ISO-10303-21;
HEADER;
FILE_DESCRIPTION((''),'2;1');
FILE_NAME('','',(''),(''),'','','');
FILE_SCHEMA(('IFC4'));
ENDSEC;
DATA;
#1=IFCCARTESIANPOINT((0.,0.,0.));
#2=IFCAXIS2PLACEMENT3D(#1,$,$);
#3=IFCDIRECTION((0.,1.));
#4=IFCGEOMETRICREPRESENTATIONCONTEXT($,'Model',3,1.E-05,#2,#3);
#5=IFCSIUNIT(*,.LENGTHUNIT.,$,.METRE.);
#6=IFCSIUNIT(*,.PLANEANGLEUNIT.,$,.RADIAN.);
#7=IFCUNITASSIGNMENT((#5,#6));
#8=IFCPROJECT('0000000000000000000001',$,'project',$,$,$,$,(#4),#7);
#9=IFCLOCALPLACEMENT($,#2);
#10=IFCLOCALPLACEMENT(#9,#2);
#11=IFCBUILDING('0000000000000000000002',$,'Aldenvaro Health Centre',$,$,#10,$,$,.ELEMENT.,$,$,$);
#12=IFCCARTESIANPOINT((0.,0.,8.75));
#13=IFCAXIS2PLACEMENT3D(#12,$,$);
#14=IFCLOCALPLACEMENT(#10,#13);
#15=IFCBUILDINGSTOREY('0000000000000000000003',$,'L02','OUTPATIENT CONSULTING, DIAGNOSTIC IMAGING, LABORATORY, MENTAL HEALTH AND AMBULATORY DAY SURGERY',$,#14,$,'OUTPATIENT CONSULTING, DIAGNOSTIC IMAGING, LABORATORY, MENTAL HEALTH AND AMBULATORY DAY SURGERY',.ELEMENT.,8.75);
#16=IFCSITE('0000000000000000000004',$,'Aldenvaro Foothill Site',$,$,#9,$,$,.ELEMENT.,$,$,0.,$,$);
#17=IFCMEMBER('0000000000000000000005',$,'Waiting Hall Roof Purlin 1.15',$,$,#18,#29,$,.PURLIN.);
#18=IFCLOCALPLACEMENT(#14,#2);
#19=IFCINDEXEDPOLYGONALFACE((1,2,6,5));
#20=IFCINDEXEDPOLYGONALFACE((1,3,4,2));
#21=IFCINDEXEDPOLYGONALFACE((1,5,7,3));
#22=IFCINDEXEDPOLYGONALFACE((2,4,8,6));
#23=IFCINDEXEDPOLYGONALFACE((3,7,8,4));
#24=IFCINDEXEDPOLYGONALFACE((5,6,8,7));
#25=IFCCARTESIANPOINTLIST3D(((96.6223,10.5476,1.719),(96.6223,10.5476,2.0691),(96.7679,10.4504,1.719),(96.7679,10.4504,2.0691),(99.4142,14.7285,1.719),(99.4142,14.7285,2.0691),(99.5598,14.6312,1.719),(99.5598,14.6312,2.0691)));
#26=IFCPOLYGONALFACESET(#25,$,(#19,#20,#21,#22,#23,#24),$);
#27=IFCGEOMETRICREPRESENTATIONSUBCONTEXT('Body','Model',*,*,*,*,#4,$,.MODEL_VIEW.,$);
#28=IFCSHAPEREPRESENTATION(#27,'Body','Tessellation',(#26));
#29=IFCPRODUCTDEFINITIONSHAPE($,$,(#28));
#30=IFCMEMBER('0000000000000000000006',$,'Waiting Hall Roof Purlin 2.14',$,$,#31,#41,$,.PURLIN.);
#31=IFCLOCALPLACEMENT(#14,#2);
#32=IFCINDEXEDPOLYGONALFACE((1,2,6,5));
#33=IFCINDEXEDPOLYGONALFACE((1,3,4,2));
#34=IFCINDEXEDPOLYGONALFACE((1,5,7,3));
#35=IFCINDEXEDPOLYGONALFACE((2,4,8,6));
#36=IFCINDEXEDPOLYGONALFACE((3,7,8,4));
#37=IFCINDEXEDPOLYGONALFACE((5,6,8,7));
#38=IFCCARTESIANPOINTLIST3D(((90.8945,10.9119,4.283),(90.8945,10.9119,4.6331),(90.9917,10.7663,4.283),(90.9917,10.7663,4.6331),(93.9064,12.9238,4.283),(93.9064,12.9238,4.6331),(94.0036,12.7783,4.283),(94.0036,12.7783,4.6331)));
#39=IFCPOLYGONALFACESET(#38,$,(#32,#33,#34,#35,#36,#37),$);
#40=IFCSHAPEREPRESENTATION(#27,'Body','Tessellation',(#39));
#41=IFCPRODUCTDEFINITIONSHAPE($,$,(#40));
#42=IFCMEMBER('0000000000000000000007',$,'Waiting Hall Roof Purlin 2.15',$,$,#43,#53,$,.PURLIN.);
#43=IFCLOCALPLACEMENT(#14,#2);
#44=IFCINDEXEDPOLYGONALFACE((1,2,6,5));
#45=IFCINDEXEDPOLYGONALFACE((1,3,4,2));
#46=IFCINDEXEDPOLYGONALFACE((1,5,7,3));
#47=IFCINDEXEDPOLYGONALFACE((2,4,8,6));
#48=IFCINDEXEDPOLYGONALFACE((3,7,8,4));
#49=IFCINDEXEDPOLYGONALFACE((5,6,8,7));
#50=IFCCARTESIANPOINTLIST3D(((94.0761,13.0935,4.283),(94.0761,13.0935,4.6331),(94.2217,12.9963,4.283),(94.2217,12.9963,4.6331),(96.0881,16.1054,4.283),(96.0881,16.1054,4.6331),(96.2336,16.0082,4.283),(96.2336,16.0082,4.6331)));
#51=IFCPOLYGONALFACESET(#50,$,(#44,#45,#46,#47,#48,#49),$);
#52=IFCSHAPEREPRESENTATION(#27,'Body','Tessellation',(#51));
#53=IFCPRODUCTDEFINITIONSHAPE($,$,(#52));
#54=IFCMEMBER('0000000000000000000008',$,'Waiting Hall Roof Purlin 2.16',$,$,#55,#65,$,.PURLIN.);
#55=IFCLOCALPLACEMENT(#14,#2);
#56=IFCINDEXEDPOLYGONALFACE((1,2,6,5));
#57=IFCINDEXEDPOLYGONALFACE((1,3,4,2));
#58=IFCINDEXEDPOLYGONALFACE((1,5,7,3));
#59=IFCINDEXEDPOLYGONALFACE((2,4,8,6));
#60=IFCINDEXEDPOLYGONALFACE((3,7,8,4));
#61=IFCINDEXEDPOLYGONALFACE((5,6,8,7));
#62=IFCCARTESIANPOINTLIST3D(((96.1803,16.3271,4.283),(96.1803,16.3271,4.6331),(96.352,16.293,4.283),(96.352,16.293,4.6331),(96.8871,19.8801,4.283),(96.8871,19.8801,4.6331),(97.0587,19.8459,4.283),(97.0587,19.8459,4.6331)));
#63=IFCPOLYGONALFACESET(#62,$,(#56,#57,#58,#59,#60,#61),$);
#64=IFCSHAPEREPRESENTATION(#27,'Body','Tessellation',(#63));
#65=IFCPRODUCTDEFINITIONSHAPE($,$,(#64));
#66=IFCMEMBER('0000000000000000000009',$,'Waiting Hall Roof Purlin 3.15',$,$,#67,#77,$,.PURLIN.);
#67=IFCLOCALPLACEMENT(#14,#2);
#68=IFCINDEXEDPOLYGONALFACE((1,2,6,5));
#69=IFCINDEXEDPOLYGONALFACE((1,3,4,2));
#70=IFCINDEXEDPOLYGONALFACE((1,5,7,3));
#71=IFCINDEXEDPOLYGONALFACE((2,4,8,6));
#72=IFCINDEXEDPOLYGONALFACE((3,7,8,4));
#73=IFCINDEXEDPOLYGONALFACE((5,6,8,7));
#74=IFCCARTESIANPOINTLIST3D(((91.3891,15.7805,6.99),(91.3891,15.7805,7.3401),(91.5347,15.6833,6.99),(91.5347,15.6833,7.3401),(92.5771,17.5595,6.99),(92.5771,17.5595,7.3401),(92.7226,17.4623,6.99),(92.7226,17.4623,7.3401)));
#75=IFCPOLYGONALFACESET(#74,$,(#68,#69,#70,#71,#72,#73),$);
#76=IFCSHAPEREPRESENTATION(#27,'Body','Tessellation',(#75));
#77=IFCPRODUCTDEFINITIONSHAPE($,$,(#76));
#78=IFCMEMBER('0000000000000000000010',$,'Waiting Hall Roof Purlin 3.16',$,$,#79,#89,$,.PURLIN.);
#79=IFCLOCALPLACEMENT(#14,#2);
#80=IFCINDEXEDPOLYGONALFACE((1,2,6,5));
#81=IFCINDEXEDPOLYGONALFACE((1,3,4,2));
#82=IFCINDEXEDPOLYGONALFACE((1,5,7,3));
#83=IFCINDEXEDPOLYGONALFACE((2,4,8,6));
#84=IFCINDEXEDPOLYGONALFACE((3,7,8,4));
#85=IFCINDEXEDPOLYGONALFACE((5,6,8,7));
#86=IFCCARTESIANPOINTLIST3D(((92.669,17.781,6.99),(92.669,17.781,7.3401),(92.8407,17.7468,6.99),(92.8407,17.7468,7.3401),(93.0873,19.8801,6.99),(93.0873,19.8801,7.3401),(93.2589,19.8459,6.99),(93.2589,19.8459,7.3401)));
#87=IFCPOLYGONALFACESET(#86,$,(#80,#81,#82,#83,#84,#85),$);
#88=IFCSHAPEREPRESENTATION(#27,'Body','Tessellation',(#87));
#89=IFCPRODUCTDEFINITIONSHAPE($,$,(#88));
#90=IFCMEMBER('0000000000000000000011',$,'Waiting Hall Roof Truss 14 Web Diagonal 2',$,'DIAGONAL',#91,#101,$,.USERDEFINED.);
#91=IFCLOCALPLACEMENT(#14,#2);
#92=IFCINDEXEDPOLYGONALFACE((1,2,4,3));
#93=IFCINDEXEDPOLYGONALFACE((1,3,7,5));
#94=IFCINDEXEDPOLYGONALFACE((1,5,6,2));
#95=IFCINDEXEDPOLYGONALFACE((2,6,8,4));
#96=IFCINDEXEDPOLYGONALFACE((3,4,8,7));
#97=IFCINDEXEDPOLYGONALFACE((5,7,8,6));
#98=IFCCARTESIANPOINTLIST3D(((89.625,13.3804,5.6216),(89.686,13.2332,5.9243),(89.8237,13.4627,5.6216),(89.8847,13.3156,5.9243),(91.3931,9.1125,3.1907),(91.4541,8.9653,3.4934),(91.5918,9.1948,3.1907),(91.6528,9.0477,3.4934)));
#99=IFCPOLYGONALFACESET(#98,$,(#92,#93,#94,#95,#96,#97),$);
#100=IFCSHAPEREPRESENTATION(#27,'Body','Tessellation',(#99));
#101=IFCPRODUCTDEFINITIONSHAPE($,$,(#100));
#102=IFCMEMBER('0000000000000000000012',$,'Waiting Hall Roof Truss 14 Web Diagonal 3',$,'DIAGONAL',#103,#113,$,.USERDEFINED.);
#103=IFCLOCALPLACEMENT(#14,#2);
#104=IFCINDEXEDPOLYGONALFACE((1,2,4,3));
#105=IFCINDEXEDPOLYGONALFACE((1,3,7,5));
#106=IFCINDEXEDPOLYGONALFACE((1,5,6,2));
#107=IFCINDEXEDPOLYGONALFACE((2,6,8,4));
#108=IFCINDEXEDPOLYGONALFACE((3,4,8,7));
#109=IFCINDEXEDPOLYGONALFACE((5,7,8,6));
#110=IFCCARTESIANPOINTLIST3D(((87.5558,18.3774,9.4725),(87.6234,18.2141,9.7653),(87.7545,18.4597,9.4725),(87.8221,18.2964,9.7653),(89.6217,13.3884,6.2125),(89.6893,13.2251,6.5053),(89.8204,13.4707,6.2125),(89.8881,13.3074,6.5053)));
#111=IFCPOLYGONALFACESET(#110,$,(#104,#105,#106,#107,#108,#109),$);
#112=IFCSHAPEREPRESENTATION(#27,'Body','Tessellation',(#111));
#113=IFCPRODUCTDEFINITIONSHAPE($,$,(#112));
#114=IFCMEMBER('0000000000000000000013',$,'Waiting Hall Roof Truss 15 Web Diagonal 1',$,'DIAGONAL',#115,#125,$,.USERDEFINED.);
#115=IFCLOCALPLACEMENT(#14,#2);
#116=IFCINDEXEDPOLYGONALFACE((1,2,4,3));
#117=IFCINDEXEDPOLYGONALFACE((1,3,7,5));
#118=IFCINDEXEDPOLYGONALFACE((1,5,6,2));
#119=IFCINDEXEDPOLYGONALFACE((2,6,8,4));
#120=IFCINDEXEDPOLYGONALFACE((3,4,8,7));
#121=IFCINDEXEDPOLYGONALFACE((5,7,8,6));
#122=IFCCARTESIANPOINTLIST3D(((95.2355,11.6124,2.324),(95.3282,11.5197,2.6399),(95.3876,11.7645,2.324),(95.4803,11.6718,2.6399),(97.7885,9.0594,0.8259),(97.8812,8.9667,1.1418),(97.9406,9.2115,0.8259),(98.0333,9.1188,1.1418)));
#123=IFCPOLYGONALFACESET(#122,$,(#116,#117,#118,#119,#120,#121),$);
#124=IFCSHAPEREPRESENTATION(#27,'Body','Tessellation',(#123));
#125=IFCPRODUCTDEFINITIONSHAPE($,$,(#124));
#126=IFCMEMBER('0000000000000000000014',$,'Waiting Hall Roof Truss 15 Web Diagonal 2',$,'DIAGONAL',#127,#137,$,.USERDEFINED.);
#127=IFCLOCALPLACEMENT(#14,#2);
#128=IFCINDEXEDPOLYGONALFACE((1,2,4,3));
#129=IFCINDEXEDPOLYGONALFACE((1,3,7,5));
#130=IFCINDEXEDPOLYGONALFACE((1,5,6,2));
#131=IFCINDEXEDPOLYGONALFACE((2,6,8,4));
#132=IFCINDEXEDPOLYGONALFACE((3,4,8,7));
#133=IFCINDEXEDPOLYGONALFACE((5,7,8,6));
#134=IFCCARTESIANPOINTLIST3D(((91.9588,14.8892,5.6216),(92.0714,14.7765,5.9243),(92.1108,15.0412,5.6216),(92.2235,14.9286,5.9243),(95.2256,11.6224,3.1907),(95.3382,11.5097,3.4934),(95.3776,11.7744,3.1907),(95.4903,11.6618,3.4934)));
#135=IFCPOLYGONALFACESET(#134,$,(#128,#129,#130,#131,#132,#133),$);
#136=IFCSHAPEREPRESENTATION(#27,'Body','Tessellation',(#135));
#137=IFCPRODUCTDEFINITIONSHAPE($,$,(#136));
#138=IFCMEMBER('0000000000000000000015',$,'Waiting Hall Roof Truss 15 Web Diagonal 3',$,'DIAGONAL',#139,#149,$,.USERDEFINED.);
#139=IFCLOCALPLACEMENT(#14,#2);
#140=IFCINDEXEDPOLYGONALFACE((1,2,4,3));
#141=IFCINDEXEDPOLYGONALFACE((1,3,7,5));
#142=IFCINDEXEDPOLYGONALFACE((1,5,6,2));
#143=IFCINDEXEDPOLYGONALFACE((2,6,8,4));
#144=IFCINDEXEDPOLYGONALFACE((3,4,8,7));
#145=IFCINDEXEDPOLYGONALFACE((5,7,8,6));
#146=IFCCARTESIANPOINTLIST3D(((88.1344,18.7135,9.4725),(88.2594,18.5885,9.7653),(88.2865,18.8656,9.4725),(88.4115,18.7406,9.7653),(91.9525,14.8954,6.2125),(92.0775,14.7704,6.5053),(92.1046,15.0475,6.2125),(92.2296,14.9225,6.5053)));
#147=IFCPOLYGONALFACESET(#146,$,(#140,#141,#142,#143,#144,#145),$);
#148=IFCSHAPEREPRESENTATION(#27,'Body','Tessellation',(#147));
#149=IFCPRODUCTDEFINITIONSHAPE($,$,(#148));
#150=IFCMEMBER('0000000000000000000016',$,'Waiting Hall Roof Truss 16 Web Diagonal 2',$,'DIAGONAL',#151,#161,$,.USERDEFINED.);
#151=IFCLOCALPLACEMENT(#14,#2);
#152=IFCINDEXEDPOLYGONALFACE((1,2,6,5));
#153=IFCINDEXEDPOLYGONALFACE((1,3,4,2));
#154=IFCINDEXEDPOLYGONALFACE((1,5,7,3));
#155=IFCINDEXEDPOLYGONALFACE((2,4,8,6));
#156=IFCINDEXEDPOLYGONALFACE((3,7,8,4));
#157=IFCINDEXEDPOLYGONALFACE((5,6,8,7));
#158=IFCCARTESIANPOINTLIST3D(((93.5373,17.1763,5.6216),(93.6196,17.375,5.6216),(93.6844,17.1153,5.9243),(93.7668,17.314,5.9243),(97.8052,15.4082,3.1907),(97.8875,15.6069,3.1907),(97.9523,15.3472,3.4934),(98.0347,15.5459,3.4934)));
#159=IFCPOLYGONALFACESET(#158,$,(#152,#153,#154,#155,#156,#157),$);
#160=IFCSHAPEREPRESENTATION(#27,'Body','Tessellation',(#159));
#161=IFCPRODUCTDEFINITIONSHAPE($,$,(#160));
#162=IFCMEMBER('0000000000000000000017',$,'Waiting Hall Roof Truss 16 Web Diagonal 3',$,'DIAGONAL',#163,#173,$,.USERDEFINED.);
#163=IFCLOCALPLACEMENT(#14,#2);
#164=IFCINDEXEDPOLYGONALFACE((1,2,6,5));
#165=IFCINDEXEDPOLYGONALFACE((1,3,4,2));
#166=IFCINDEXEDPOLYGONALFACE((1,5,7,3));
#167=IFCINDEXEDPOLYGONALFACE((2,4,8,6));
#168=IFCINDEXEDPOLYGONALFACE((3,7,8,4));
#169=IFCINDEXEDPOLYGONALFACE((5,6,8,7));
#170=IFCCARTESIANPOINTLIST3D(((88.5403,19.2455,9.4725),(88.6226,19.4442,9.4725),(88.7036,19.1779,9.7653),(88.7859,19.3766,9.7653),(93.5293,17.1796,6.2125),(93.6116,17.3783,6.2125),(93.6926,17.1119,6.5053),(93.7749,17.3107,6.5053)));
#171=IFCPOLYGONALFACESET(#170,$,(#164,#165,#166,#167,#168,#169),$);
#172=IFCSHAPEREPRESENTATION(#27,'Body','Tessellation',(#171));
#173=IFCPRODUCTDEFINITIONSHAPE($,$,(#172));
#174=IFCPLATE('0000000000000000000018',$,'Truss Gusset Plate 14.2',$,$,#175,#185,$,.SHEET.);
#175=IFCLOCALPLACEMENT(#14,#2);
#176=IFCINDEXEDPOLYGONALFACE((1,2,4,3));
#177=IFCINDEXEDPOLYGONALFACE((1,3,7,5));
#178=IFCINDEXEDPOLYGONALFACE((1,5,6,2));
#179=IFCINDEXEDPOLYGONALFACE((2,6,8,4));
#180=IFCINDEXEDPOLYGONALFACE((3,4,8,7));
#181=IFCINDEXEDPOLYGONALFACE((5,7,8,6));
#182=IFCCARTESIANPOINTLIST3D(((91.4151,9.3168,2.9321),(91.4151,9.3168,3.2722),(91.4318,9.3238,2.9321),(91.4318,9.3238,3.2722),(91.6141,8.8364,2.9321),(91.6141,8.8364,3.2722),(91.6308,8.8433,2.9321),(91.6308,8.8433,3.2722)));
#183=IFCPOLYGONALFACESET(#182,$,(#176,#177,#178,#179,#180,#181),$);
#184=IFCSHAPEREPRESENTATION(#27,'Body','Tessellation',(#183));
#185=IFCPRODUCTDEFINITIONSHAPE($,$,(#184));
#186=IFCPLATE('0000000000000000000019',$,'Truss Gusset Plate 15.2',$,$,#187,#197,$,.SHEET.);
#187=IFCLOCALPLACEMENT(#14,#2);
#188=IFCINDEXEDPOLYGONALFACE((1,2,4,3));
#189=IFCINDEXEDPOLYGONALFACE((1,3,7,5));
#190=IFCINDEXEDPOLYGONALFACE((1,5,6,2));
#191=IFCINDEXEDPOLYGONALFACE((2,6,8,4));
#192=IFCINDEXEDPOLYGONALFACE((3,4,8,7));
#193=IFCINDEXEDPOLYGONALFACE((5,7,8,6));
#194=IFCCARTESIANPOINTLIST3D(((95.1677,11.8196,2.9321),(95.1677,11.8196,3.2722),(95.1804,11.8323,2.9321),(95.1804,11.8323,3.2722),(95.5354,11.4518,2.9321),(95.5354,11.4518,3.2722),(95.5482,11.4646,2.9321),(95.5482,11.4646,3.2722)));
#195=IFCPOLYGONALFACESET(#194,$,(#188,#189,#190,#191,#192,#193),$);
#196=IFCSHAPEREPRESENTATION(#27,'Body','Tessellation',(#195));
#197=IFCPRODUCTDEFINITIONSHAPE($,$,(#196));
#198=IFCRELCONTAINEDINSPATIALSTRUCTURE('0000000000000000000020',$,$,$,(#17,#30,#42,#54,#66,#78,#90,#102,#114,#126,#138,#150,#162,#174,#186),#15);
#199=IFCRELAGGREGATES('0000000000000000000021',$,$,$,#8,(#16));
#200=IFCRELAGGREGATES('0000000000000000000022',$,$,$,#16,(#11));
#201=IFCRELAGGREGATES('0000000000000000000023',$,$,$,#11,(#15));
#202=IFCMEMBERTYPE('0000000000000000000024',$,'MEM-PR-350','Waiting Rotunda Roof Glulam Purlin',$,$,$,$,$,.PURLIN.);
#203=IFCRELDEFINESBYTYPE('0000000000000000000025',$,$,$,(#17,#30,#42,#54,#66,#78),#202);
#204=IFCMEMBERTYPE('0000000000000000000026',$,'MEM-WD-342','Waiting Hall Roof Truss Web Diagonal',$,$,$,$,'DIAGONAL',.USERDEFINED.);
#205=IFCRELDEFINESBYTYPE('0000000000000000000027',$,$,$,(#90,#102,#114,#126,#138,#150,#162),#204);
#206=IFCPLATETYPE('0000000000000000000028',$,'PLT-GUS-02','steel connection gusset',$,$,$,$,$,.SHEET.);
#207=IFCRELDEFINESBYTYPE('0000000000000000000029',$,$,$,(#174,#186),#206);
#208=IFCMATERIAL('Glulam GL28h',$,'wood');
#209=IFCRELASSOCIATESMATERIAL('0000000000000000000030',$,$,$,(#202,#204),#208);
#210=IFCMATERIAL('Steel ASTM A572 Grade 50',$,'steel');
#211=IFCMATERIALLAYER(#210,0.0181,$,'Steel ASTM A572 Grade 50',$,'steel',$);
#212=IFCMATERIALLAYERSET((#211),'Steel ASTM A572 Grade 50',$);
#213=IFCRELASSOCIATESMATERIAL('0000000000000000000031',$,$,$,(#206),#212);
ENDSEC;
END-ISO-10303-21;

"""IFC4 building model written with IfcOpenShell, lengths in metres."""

from ifc_helpers import new_model, si_unit, direction, frame, origin, origin_2d, place, context, subcontext, project, spatial, rectangle, extrude, material, layer, layer_set, material_profile, profile_set, type_object, element, save


model = new_model("IFC4")

# Units and contexts
model_context = context("Model", 3, precision=1e-05, world=origin(), true_north=direction((0.0, 1.0)))
body_context = subcontext(model_context, "Body", "Model", "MODEL_VIEW")
ifc_project = project(units=[si_unit("LENGTHUNIT", "METRE"), si_unit("PLANEANGLEUNIT", "RADIAN")], contexts=[model_context])

# Site, building, storey
site_placement = place(None, origin())
site = spatial("IfcSite", under=ifc_project, at=site_placement, Name="Aldenvaro Foothill Site", CompositionType="ELEMENT", RefElevation=0.0)
building_placement = place(site_placement, origin())
building = spatial("IfcBuilding", under=site, at=building_placement, Name="Aldenvaro Health Centre", CompositionType="ELEMENT")
storey_placement = place(building_placement, frame((0.0, 0.0, 8.75)))
storey = spatial("IfcBuildingStorey", under=building, at=storey_placement, Name="L02", Description="OUTPATIENT CONSULTING, DIAGNOSTIC IMAGING, LABORATORY, MENTAL HEALTH AND AMBULATORY DAY SURGERY", LongName="OUTPATIENT CONSULTING, DIAGNOSTIC IMAGING, LABORATORY, MENTAL HEALTH AND AMBULATORY DAY SURGERY", CompositionType="ELEMENT", Elevation=8.75)

# Members
ifc_material_1 = material(Name="Glulam GL28h", Category="wood")
ifc_material_profile_1 = material_profile(ifc_material_1, rectangle(XDim=0.175, YDim=0.3501, at=origin_2d()), Name="GL 175x350", Category="wood")
ifc_profile_set_1 = profile_set([ifc_material_profile_1], Name="Glulam GL28h")
member_type_1 = type_object("IfcMemberType", Name="MEM-PR-350", Description="Waiting Rotunda Roof Glulam Purlin", PredefinedType="PURLIN", material=ifc_profile_set_1)
member_1_placement = place(storey_placement, frame((96.6951, 10.499, 1.894), z_axis=(0.55535, 0.831617, 0.0), x_axis=(-0.831617, 0.55535, 0.0)))
element("IfcMember", 1, at=member_1_placement, inside=storey, type_object=member_type_1, Name="Waiting Hall Roof Purlin 1.15", PredefinedType="PURLIN", context=body_context, shape_type="SweptSolid", body=[
    extrude(rectangle(XDim=0.175, YDim=0.3501, at=origin_2d()), origin(), (0.0, 0.0, 1.0), 5.0273),
])
for number, where, z_axis, x_axis, name in (
    (2, (90.9431, 10.8391, 4.458), (0.831542, 0.555462, 0.0), (-0.555462, 0.831542, 0.0), "Waiting Hall Roof Purlin 2.14"),
    (3, (94.1489, 13.0449, 4.458), (0.555462, 0.831542, 0.0), (-0.831542, 0.555462, 0.0), "Waiting Hall Roof Purlin 2.15"),
):
    element("IfcMember", number, at=place(storey_placement, frame(where, z_axis=z_axis, x_axis=x_axis)), inside=storey, type_object=member_type_1, Name=name, PredefinedType="PURLIN", context=body_context, shape_type="SweptSolid", body=[
        extrude(rectangle(XDim=0.175, YDim=0.3501, at=origin_2d()), origin(), (0.0, 0.0, 1.0), 3.6221),
    ])
member_2_placement = place(storey_placement, frame((96.2661, 16.3101, 4.458), z_axis=(0.195105, 0.980782, 0.0), x_axis=(-0.980782, 0.195105, 0.0)))
element("IfcMember", 4, at=member_2_placement, inside=storey, type_object=member_type_1, Name="Waiting Hall Roof Purlin 2.16", PredefinedType="PURLIN", context=body_context, shape_type="SweptSolid", body=[
    extrude(rectangle(XDim=0.175, YDim=0.3501, at=origin_2d()), origin(), (0.0, 0.0, 1.0), 3.6226),
])
member_3_placement = place(storey_placement, frame((91.4619, 15.7319, 7.165), z_axis=(0.555332, 0.831629, 0.0), x_axis=(-0.831629, 0.555332, 0.0)))
element("IfcMember", 5, at=member_3_placement, inside=storey, type_object=member_type_1, Name="Waiting Hall Roof Purlin 3.15", PredefinedType="PURLIN", context=body_context, shape_type="SweptSolid", body=[
    extrude(rectangle(XDim=0.175, YDim=0.3501, at=origin_2d()), origin(), (0.0, 0.0, 1.0), 2.1392),
])
member_4_placement = place(storey_placement, frame((92.7549, 17.7639, 7.165), z_axis=(0.195392, 0.980725, 0.0), x_axis=(-0.980725, 0.195392, 0.0)))
element("IfcMember", 6, at=member_4_placement, inside=storey, type_object=member_type_1, Name="Waiting Hall Roof Purlin 3.16", PredefinedType="PURLIN", context=body_context, shape_type="SweptSolid", body=[
    extrude(rectangle(XDim=0.175, YDim=0.3501, at=origin_2d()), origin(), (0.0, 0.0, 1.0), 2.1404),
])
ifc_material_profile_2 = material_profile(ifc_material_1, rectangle(XDim=0.2151, YDim=0.342, at=origin_2d()), Name="GL 215x342", Category="wood")
ifc_profile_set_2 = profile_set([ifc_material_profile_2], Name="Glulam GL28h")
member_type_2 = type_object("IfcMemberType", Name="MEM-WD-342", Description="Waiting Hall Roof Truss Web Diagonal", ElementType="DIAGONAL", PredefinedType="USERDEFINED", material=ifc_profile_set_2)
member_5_placement = place(storey_placement, frame((91.5229, 9.0801, 3.342), z_axis=(-0.338702, 0.817571, 0.46568), x_axis=(-0.923858, -0.382735, 0.0)))
element("IfcMember", 7, at=member_5_placement, inside=storey, type_object=member_type_2, Name="Waiting Hall Roof Truss 14 Web Diagonal 2", ObjectType="DIAGONAL", PredefinedType="USERDEFINED", context=body_context, shape_type="SweptSolid", body=[
    extrude(rectangle(XDim=0.2151, YDim=0.342, at=origin_2d()), origin(), (0.0, 0.0, 1.0), 5.2202),
])
member_6_placement = place(storey_placement, frame((89.7549, 13.3479, 6.3589), z_axis=(-0.327528, 0.790952, 0.516838), x_axis=(-0.923919, -0.382589, 0.0)))
element("IfcMember", 8, at=member_6_placement, inside=storey, type_object=member_type_2, Name="Waiting Hall Roof Truss 14 Web Diagonal 3", ObjectType="DIAGONAL", PredefinedType="USERDEFINED", context=body_context, shape_type="SweptSolid", body=[
    extrude(rectangle(XDim=0.2151, YDim=0.342, at=origin_2d()), origin(), (0.0, 0.0, 1.0), 6.3076),
])
member_7_placement = place(storey_placement, frame((97.9109, 9.0891, 0.9839), z_axis=(-0.653118, 0.653118, 0.383239), x_axis=(-0.707107, -0.707107, 0.0)))
element("IfcMember", 9, at=member_7_placement, inside=storey, type_object=member_type_2, Name="Waiting Hall Roof Truss 15 Web Diagonal 1", ObjectType="DIAGONAL", PredefinedType="USERDEFINED", context=body_context, shape_type="SweptSolid", body=[
    extrude(rectangle(XDim=0.2151, YDim=0.342, at=origin_2d()), origin(), (0.0, 0.0, 1.0), 3.9089),
])
member_8_placement = place(storey_placement, frame((95.3579, 11.6421, 3.342), z_axis=(-0.62577, 0.62577, 0.465644), x_axis=(-0.707107, -0.707107, 0.0)))
element("IfcMember", 10, at=member_8_placement, inside=storey, type_object=member_type_2, Name="Waiting Hall Roof Truss 15 Web Diagonal 2", ObjectType="DIAGONAL", PredefinedType="USERDEFINED", context=body_context, shape_type="SweptSolid", body=[
    extrude(rectangle(XDim=0.2151, YDim=0.342, at=origin_2d()), origin(), (0.0, 0.0, 1.0), 5.2205),
])
member_9_placement = place(storey_placement, frame((92.0911, 14.9089, 6.3589), z_axis=(-0.605336, 0.605336, 0.516852), x_axis=(-0.707107, -0.707107, 0.0)))
element("IfcMember", 11, at=member_9_placement, inside=storey, type_object=member_type_2, Name="Waiting Hall Roof Truss 15 Web Diagonal 3", ObjectType="DIAGONAL", PredefinedType="USERDEFINED", context=body_context, shape_type="SweptSolid", body=[
    extrude(rectangle(XDim=0.2151, YDim=0.342, at=origin_2d()), origin(), (0.0, 0.0, 1.0), 6.3074),
])
member_10_placement = place(storey_placement, frame((97.9199, 15.4771, 3.342), z_axis=(-0.817571, 0.338702, 0.46568), x_axis=(-0.382735, -0.923858, 0.0)))
element("IfcMember", 12, at=member_10_placement, inside=storey, type_object=member_type_2, Name="Waiting Hall Roof Truss 16 Web Diagonal 2", ObjectType="DIAGONAL", PredefinedType="USERDEFINED", context=body_context, shape_type="SweptSolid", body=[
    extrude(rectangle(XDim=0.2151, YDim=0.342, at=origin_2d()), origin(), (0.0, 0.0, 1.0), 5.2202),
])
member_11_placement = place(storey_placement, frame((93.6521, 17.2451, 6.3589), z_axis=(-0.790952, 0.327528, 0.516838), x_axis=(-0.382589, -0.923919, 0.0)))
element("IfcMember", 13, at=member_11_placement, inside=storey, type_object=member_type_2, Name="Waiting Hall Roof Truss 16 Web Diagonal 3", ObjectType="DIAGONAL", PredefinedType="USERDEFINED", context=body_context, shape_type="SweptSolid", body=[
    extrude(rectangle(XDim=0.2151, YDim=0.342, at=origin_2d()), origin(), (0.0, 0.0, 1.0), 6.3076),
])

# Plates
ifc_material_2 = material(Name="Steel ASTM A572 Grade 50", Category="steel")
ifc_layer_1 = layer(ifc_material_2, 0.0181, Name="Steel ASTM A572 Grade 50", Category="steel")
ifc_layer_set_1 = layer_set([ifc_layer_1], Name="Steel ASTM A572 Grade 50")
plate_type_1 = type_object("IfcPlateType", Name="PLT-GUS-02", Description="steel connection gusset", PredefinedType="SHEET", material=ifc_layer_set_1)
for number, where, z_axis, x_axis, name in (
    (14, (91.5229, 9.0801, 2.9321), (0.0, 0.0, 1.0), (0.382683, -0.92388, 0.0), "Truss Gusset Plate 14.2"),
    (15, (95.3579, 11.6421, 2.9321), (0.0, 0.0, 1.0), (0.707107, -0.707107, 0.0), "Truss Gusset Plate 15.2"),
):
    element("IfcPlate", number, at=place(storey_placement, frame(where, z_axis=z_axis, x_axis=x_axis)), inside=storey, type_object=plate_type_1, Name=name, PredefinedType="SHEET", context=body_context, shape_type="SweptSolid", body=[
        extrude(rectangle(XDim=0.52, YDim=0.0181, at=origin_2d()), origin(), (0.0, 0.0, 1.0), 0.3401),
    ])

save(model, "model.ifc")
